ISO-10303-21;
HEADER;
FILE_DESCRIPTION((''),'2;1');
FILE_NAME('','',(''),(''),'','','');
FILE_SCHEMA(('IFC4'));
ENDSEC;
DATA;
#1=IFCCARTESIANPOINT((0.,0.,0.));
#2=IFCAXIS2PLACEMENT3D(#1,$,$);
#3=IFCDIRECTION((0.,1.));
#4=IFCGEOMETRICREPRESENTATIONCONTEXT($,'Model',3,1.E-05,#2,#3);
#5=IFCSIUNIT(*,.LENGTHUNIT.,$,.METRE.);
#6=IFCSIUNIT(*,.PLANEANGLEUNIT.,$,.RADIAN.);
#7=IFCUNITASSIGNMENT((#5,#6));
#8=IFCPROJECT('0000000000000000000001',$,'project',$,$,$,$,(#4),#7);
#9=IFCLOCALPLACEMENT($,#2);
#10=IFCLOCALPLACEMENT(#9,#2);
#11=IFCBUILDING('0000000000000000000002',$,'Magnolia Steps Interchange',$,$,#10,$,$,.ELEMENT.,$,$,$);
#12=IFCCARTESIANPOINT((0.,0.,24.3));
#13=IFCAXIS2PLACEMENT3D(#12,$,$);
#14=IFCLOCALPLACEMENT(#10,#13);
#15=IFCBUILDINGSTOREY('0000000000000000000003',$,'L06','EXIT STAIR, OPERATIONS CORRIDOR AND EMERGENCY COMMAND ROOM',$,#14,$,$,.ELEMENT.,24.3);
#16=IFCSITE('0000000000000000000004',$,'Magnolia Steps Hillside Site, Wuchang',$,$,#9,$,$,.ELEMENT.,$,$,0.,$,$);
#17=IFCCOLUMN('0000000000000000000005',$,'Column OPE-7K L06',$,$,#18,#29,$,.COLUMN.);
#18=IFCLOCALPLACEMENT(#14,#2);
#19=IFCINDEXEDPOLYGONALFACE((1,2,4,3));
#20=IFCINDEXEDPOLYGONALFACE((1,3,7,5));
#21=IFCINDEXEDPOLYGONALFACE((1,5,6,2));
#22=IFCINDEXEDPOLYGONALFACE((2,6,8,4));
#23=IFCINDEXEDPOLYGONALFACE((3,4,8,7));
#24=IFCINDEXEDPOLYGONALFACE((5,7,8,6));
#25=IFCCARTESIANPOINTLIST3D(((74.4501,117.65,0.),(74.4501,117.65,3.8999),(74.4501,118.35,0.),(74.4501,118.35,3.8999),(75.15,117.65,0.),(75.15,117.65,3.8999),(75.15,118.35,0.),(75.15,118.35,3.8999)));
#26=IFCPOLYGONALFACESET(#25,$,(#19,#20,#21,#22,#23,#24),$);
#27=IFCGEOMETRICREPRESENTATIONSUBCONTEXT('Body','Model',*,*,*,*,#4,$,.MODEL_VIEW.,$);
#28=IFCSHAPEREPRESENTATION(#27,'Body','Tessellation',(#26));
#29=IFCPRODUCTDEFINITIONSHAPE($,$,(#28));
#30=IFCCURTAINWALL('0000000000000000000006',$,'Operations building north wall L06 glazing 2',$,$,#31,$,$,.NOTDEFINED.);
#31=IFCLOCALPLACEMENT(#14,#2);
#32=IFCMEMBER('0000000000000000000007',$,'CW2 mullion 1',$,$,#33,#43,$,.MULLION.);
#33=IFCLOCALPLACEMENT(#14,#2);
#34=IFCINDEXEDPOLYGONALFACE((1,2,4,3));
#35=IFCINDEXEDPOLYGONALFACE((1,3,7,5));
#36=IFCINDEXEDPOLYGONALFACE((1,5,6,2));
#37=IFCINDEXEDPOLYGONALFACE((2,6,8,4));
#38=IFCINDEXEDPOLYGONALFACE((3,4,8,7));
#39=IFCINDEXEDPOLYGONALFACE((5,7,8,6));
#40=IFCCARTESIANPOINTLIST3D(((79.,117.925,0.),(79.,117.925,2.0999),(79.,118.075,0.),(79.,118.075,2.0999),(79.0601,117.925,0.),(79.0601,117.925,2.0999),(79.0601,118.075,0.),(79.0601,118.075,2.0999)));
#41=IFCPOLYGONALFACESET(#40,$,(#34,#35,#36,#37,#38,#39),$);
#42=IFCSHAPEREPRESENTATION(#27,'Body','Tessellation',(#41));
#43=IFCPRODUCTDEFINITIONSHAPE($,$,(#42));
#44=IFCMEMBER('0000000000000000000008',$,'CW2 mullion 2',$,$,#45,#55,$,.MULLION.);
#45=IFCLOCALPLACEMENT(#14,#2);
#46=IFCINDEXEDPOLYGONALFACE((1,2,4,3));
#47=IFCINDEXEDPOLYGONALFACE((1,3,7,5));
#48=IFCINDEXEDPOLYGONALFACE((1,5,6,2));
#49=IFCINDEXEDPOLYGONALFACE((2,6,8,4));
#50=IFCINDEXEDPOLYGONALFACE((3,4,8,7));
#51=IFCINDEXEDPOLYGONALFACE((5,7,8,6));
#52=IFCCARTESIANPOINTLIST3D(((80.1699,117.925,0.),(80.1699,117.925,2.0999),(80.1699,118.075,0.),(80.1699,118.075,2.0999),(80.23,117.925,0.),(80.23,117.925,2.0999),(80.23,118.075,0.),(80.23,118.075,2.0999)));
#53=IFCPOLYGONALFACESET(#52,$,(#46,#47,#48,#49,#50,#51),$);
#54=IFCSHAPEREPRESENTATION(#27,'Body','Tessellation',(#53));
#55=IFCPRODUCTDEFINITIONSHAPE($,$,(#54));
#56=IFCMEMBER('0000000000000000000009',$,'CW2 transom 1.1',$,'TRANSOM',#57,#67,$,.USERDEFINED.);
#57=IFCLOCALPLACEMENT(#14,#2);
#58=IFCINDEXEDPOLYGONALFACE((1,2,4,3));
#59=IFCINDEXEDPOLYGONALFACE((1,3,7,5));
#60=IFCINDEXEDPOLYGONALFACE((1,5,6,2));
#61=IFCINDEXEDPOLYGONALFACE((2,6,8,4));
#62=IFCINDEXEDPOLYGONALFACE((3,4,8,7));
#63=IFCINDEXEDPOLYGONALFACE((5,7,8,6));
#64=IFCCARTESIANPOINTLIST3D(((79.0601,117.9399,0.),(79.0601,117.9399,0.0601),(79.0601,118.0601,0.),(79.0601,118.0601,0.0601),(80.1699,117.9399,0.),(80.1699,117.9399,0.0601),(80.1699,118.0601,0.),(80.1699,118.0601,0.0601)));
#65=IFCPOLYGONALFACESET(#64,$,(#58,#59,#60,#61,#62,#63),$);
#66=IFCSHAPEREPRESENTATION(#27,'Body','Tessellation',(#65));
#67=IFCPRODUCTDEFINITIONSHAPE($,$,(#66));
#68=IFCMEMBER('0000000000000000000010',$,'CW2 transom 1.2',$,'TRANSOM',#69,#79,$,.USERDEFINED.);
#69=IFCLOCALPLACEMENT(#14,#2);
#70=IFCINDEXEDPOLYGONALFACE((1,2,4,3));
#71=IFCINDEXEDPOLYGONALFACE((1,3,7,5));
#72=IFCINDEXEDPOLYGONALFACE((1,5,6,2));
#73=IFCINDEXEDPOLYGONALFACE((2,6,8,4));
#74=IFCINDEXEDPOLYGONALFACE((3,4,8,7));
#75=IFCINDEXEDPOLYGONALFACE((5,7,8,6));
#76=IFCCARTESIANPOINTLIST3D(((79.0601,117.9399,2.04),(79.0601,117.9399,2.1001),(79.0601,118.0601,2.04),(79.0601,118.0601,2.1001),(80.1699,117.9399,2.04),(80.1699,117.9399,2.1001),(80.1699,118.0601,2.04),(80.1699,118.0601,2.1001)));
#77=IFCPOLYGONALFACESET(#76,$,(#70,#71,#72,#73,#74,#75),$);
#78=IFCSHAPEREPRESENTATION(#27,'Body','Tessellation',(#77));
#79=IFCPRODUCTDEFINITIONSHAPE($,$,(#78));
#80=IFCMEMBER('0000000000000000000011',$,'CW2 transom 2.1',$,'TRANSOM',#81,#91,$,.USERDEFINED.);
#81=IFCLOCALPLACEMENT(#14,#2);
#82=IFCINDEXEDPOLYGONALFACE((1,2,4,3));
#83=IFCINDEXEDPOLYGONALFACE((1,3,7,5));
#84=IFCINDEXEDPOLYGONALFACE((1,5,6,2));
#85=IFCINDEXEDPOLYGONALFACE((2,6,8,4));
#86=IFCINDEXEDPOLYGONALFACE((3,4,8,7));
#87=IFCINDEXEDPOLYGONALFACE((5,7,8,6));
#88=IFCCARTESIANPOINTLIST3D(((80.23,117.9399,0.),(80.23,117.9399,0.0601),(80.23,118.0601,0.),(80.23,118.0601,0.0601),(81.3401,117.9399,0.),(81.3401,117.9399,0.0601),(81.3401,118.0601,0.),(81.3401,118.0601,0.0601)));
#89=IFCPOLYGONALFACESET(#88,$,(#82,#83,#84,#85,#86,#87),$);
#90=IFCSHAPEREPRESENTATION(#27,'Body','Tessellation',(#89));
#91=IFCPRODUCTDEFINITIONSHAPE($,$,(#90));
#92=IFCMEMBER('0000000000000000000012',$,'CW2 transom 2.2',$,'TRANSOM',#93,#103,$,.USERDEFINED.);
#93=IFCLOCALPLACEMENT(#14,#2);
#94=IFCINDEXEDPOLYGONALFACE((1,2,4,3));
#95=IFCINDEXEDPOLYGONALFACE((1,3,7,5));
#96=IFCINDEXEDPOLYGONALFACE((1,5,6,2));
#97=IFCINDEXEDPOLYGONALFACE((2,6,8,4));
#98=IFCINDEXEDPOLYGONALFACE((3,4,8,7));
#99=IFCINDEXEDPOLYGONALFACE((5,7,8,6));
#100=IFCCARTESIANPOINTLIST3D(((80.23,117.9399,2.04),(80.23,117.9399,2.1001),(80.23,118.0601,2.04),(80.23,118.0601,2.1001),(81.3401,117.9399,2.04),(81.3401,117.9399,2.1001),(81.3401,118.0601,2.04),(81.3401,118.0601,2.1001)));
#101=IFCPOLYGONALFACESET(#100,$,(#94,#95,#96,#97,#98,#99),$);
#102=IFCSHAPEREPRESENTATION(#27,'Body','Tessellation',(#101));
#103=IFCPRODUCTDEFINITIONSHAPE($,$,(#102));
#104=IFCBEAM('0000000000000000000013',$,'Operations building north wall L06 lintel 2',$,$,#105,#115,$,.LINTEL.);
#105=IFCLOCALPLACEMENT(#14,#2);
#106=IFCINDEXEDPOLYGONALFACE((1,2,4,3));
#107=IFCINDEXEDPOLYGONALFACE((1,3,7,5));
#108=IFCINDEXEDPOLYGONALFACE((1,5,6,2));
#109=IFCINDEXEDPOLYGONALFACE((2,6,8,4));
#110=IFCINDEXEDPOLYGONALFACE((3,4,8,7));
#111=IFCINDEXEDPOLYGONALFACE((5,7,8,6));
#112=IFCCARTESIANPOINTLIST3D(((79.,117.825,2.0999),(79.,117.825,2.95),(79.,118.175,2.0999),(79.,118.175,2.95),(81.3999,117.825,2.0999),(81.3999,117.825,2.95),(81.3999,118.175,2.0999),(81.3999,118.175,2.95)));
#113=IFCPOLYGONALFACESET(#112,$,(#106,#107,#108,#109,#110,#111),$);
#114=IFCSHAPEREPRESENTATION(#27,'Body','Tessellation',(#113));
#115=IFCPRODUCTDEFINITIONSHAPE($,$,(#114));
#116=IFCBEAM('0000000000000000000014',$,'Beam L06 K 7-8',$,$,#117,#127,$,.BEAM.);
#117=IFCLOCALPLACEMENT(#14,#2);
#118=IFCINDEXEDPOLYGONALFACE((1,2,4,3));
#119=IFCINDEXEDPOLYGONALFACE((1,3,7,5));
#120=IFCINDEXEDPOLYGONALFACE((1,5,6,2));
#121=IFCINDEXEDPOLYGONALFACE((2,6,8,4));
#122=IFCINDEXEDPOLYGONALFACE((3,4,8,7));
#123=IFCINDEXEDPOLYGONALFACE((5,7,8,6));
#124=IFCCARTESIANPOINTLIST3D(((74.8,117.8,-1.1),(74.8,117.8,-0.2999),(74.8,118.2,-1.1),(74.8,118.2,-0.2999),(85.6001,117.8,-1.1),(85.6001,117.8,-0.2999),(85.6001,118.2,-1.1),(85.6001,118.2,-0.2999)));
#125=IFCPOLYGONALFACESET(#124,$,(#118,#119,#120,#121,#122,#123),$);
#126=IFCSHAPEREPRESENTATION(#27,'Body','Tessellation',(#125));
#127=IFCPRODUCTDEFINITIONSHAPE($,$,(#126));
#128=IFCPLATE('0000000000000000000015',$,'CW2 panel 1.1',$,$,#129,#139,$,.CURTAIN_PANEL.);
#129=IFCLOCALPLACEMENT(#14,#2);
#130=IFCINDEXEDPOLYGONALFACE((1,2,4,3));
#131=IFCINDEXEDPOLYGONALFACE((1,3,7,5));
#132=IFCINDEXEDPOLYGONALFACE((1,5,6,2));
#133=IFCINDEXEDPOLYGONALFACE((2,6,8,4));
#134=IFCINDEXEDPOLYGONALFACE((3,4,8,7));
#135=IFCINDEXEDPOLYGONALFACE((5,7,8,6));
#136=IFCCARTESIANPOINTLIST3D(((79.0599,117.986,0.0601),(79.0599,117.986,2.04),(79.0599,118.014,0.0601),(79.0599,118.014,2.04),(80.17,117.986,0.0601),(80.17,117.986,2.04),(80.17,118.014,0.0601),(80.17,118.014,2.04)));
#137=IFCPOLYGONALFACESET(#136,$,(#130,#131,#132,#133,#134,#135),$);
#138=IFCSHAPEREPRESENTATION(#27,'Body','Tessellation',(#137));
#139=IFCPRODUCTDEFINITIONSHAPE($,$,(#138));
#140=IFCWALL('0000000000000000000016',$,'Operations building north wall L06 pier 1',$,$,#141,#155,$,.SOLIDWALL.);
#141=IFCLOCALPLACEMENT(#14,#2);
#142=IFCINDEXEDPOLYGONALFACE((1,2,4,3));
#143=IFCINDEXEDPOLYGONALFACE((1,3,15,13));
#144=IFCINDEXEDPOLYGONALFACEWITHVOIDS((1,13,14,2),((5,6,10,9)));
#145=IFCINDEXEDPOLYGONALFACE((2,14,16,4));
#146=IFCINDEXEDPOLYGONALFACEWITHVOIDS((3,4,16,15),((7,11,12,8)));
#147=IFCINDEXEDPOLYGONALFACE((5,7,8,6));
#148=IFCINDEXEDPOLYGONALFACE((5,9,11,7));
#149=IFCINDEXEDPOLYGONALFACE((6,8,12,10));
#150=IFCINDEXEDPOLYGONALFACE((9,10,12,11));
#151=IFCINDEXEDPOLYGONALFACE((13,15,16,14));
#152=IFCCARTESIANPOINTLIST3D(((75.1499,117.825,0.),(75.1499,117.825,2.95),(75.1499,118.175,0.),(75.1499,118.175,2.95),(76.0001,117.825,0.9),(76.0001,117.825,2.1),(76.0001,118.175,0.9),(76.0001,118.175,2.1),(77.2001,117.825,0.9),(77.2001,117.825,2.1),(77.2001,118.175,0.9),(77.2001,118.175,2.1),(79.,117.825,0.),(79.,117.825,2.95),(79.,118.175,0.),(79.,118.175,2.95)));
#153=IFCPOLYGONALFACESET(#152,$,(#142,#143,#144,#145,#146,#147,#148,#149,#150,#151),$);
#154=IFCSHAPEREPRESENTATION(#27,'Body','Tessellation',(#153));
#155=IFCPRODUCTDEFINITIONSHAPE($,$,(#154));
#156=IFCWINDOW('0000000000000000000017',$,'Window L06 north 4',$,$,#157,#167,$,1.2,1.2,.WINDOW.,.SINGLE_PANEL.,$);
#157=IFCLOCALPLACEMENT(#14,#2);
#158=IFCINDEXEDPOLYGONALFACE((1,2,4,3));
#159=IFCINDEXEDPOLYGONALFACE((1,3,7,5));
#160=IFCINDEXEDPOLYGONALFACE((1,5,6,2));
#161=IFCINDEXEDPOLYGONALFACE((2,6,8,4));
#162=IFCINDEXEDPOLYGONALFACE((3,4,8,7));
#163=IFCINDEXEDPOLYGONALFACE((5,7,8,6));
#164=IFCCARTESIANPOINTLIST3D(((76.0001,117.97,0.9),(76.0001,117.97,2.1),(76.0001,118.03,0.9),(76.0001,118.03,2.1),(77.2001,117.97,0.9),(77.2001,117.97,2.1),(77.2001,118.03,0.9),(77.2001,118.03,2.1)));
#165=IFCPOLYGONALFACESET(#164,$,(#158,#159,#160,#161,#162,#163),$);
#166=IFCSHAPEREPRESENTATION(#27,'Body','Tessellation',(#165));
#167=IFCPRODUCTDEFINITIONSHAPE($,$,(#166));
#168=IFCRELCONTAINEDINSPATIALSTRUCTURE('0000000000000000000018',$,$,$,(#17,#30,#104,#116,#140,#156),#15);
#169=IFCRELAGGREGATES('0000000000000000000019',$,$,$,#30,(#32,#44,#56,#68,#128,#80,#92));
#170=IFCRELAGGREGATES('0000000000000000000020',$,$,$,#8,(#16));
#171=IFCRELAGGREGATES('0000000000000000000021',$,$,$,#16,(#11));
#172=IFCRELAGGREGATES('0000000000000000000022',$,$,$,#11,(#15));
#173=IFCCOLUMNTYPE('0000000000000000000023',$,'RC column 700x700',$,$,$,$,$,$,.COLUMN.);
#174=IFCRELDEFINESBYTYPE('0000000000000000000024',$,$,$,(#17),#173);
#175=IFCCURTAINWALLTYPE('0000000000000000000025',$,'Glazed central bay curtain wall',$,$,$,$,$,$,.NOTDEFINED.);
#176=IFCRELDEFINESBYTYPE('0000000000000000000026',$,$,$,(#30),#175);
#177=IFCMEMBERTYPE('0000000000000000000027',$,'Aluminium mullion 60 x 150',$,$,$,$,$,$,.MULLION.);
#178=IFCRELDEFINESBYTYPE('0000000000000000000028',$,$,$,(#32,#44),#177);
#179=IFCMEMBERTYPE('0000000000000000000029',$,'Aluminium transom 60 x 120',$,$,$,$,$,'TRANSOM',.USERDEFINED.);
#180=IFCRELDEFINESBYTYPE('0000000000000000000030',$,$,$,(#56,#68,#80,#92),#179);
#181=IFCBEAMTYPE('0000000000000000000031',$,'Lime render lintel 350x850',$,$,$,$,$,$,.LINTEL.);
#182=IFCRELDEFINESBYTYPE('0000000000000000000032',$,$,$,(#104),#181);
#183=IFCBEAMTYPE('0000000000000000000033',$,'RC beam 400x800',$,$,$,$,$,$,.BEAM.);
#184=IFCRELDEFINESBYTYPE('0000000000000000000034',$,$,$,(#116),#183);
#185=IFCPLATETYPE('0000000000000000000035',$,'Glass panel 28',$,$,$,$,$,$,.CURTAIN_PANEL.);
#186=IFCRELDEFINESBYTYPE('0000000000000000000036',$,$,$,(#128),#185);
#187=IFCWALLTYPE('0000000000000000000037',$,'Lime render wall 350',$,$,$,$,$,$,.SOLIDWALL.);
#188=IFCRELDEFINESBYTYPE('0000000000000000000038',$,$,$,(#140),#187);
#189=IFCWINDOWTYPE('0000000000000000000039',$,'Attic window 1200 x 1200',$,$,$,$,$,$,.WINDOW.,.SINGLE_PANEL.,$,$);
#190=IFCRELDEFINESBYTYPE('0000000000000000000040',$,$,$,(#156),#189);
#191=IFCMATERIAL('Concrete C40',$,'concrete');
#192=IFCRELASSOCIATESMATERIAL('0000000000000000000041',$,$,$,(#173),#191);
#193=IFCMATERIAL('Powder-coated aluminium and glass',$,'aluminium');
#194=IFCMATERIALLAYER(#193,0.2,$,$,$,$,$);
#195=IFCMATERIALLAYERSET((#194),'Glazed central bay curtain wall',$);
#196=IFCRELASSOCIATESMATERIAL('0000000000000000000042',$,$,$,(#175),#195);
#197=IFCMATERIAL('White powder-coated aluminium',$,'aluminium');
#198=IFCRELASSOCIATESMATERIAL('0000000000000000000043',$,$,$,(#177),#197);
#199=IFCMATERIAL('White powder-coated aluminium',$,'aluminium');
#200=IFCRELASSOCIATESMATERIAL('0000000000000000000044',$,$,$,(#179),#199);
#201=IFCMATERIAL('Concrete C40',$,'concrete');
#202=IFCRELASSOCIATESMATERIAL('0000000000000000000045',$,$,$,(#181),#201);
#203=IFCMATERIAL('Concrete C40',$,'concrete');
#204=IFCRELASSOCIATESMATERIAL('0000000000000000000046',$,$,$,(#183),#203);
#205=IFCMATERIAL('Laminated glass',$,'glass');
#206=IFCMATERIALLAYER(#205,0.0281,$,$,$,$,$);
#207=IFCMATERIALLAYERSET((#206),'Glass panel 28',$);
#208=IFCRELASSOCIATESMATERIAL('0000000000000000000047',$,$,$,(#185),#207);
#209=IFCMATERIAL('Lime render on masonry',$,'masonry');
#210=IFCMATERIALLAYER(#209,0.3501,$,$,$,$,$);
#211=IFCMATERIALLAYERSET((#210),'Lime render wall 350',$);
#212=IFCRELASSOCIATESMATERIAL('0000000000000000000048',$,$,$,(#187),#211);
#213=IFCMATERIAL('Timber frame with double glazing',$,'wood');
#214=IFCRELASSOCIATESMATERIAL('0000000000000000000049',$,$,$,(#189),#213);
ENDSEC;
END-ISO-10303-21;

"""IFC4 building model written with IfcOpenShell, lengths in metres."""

from ifc_helpers import new_model, si_unit, direction, frame, frame_2d, origin, origin_2d, place, context, subcontext, project, spatial, rectangle, extrude, material, layer, layer_set, material_profile, profile_set, type_object, element, fill, aggregate, save


model = new_model("IFC4")

# Units and contexts
model_context = context("Model", 3, precision=1e-05, world=origin(), true_north=direction((0.0, 1.0)))
body_context = subcontext(model_context, "Body", "Model", "MODEL_VIEW")
ifc_project = project(units=[si_unit("LENGTHUNIT", "METRE"), si_unit("PLANEANGLEUNIT", "RADIAN")], contexts=[model_context])

# Site, building, storey
site_placement = place(None, origin())
site = spatial("IfcSite", under=ifc_project, at=site_placement, Name="Magnolia Steps Hillside Site, Wuchang", CompositionType="ELEMENT", RefElevation=0.0)
building_placement = place(site_placement, origin())
building = spatial("IfcBuilding", under=site, at=building_placement, Name="Magnolia Steps Interchange", CompositionType="ELEMENT")
storey_placement = place(building_placement, frame((0.0, 0.0, 24.3)))
storey = spatial("IfcBuildingStorey", under=building, at=storey_placement, Name="L06", Description="EXIT STAIR, OPERATIONS CORRIDOR AND EMERGENCY COMMAND ROOM", CompositionType="ELEMENT", Elevation=24.3)

# Column
ifc_material_1 = material(Name="Concrete C40", Category="concrete")
ifc_material_profile_1 = material_profile(ifc_material_1, rectangle(XDim=0.7, YDim=0.7, at=origin_2d()), Name="RC700x700")
ifc_profile_set_1 = profile_set([ifc_material_profile_1], Name="Concrete C40")
column_type = type_object("IfcColumnType", Name="RC column 700x700", PredefinedType="COLUMN", material=ifc_profile_set_1)
column_placement = place(storey_placement, frame((74.8, 118.0, 0.0), z_axis=(0.0, 0.0, 1.0), x_axis=(1.0, 0.0, 0.0)))
element("IfcColumn", 1, at=column_placement, inside=storey, type_object=column_type, Name="Column OPE-7K L06", PredefinedType="COLUMN", context=body_context, shape_type="SweptSolid", body=[
    extrude(rectangle(XDim=0.7, YDim=0.7, at=origin_2d()), origin(), (0.0, 0.0, 1.0), 3.8999),
])

# Curtain wall, members
ifc_material_2 = material(Name="Powder-coated aluminium and glass", Category="aluminium")
ifc_layer_1 = layer(ifc_material_2, 0.2)
ifc_layer_set_1 = layer_set([ifc_layer_1], Name="Glazed central bay curtain wall")
curtain_wall_type = type_object("IfcCurtainWallType", Name="Glazed central bay curtain wall", PredefinedType="NOTDEFINED", material=ifc_layer_set_1)
curtain_wall_placement = place(storey_placement, origin())
curtain_wall = element("IfcCurtainWall", 2, at=curtain_wall_placement, inside=storey, type_object=curtain_wall_type, Name="Operations building north wall L06 glazing 2", PredefinedType="NOTDEFINED")
ifc_material_3 = material(Name="White powder-coated aluminium", Category="aluminium")
ifc_material_profile_2 = material_profile(ifc_material_3, rectangle(XDim=0.0601, YDim=0.1499, at=origin_2d()), Name="Aluminium mullion 60 x 150")
ifc_profile_set_2 = profile_set([ifc_material_profile_2], Name="White powder-coated aluminium")
member_type_1 = type_object("IfcMemberType", Name="Aluminium mullion 60 x 150", PredefinedType="MULLION", material=ifc_profile_set_2)
member_1_placement = place(storey_placement, frame((79.03, 118.0, 0.0), z_axis=(0.0, 0.0, 1.0), x_axis=(1.0, 0.0, 0.0)))
member_1 = element("IfcMember", 3, at=member_1_placement, type_object=member_type_1, Name="CW2 mullion 1", PredefinedType="MULLION", context=body_context, shape_type="SweptSolid", body=[
    extrude(rectangle(XDim=0.0601, YDim=0.1499, at=origin_2d()), origin(), (0.0, 0.0, 1.0), 2.0999),
])
member_2_placement = place(storey_placement, frame((80.2, 118.0, 0.0), z_axis=(0.0, 0.0, 1.0), x_axis=(1.0, 0.0, 0.0)))
member_2 = element("IfcMember", 4, at=member_2_placement, type_object=member_type_1, Name="CW2 mullion 2", PredefinedType="MULLION", context=body_context, shape_type="SweptSolid", body=[
    extrude(rectangle(XDim=0.0601, YDim=0.1499, at=origin_2d()), origin(), (0.0, 0.0, 1.0), 2.0999),
])
ifc_material_4 = material(Name="White powder-coated aluminium", Category="aluminium")
ifc_material_profile_3 = material_profile(ifc_material_4, rectangle(XDim=0.0601, YDim=0.1201, at=origin_2d()), Name="Aluminium transom 60 x 120")
ifc_profile_set_3 = profile_set([ifc_material_profile_3], Name="White powder-coated aluminium")
member_type_2 = type_object("IfcMemberType", Name="Aluminium transom 60 x 120", ElementType="TRANSOM", PredefinedType="USERDEFINED", material=ifc_profile_set_3)
member_3_placement = place(storey_placement, frame((79.0601, 118.0, 0.03), z_axis=(1.0, 0.0, 0.0), x_axis=(0.0, 0.0, 1.0)))
member_3 = element("IfcMember", 5, at=member_3_placement, type_object=member_type_2, Name="CW2 transom 1.1", ObjectType="TRANSOM", PredefinedType="USERDEFINED", context=body_context, shape_type="SweptSolid", body=[
    extrude(rectangle(XDim=0.0601, YDim=0.1201, at=origin_2d()), origin(), (0.0, 0.0, 1.0), 1.1099),
])
member_4_placement = place(storey_placement, frame((79.0601, 118.0, 2.0701), z_axis=(1.0, 0.0, 0.0), x_axis=(0.0, 0.0, 1.0)))
member_4 = element("IfcMember", 6, at=member_4_placement, type_object=member_type_2, Name="CW2 transom 1.2", ObjectType="TRANSOM", PredefinedType="USERDEFINED", context=body_context, shape_type="SweptSolid", body=[
    extrude(rectangle(XDim=0.0601, YDim=0.1201, at=origin_2d()), origin(), (0.0, 0.0, 1.0), 1.1099),
])
member_5_placement = place(storey_placement, frame((80.23, 118.0, 0.03), z_axis=(1.0, 0.0, 0.0), x_axis=(0.0, 0.0, 1.0)))
member_5 = element("IfcMember", 7, at=member_5_placement, type_object=member_type_2, Name="CW2 transom 2.1", ObjectType="TRANSOM", PredefinedType="USERDEFINED", context=body_context, shape_type="SweptSolid", body=[
    extrude(rectangle(XDim=0.0601, YDim=0.1201, at=origin_2d()), origin(), (0.0, 0.0, 1.0), 1.1101),
])
member_6_placement = place(storey_placement, frame((80.23, 118.0, 2.0701), z_axis=(1.0, 0.0, 0.0), x_axis=(0.0, 0.0, 1.0)))
member_6 = element("IfcMember", 8, at=member_6_placement, type_object=member_type_2, Name="CW2 transom 2.2", ObjectType="TRANSOM", PredefinedType="USERDEFINED", context=body_context, shape_type="SweptSolid", body=[
    extrude(rectangle(XDim=0.0601, YDim=0.1201, at=origin_2d()), origin(), (0.0, 0.0, 1.0), 1.1101),
])

# Beams
ifc_material_5 = material(Name="Concrete C40", Category="concrete")
ifc_material_profile_4 = material_profile(ifc_material_5, rectangle(XDim=0.3501, YDim=0.8501, at=origin_2d()), Name="RC350x850")
ifc_profile_set_4 = profile_set([ifc_material_profile_4], Name="Concrete C40")
beam_type_1 = type_object("IfcBeamType", Name="Lime render lintel 350x850", PredefinedType="LINTEL", material=ifc_profile_set_4)
beam_1_placement = place(storey_placement, frame((79.0, 118.0, 2.5249), z_axis=(1.0, 0.0, 0.0), x_axis=(0.0, 1.0, 0.0)))
element("IfcBeam", 9, at=beam_1_placement, inside=storey, type_object=beam_type_1, Name="Operations building north wall L06 lintel 2", PredefinedType="LINTEL", context=body_context, shape_type="SweptSolid", body=[
    extrude(rectangle(XDim=0.3501, YDim=0.8501, at=origin_2d()), origin(), (0.0, 0.0, 1.0), 2.3999),
])
ifc_material_6 = material(Name="Concrete C40", Category="concrete")
ifc_material_profile_5 = material_profile(ifc_material_6, rectangle(XDim=0.3999, YDim=0.8, at=origin_2d()), Name="RC400x800")
ifc_profile_set_5 = profile_set([ifc_material_profile_5], Name="Concrete C40")
beam_type_2 = type_object("IfcBeamType", Name="RC beam 400x800", PredefinedType="BEAM", material=ifc_profile_set_5)
beam_2_placement = place(storey_placement, frame((74.8, 118.0, -0.7), z_axis=(1.0, 0.0, 0.0), x_axis=(0.0, 1.0, 0.0)))
element("IfcBeam", 10, at=beam_2_placement, inside=storey, type_object=beam_type_2, Name="Beam L06 K 7-8", PredefinedType="BEAM", context=body_context, shape_type="SweptSolid", body=[
    extrude(rectangle(XDim=0.3999, YDim=0.8, at=origin_2d()), origin(), (0.0, 0.0, 1.0), 10.8),
])

# Plate
ifc_material_7 = material(Name="Laminated glass", Category="glass")
ifc_layer_2 = layer(ifc_material_7, 0.0281)
ifc_layer_set_2 = layer_set([ifc_layer_2], Name="Glass panel 28")
plate_type = type_object("IfcPlateType", Name="Glass panel 28", PredefinedType="CURTAIN_PANEL", material=ifc_layer_set_2)
plate_placement = place(storey_placement, frame((79.615, 118.0, 0.0601), z_axis=(0.0, 0.0, 1.0), x_axis=(1.0, 0.0, 0.0)))
plate = element("IfcPlate", 11, at=plate_placement, type_object=plate_type, Name="CW2 panel 1.1", PredefinedType="CURTAIN_PANEL", context=body_context, shape_type="SweptSolid", body=[
    extrude(rectangle(XDim=1.1101, YDim=0.0281, at=origin_2d()), origin(), (0.0, 0.0, 1.0), 1.98),
])
aggregate(curtain_wall, [member_1, member_2, member_3, member_4, plate, member_5, member_6])

# Wall, opening, window
ifc_material_8 = material(Name="Lime render on masonry", Category="masonry")
ifc_layer_3 = layer(ifc_material_8, 0.3501)
ifc_layer_set_3 = layer_set([ifc_layer_3], Name="Lime render wall 350")
wall_type = type_object("IfcWallType", Name="Lime render wall 350", PredefinedType="SOLIDWALL", material=ifc_layer_set_3)
wall_placement = place(storey_placement, frame((75.1499, 118.0, 0.0), z_axis=(0.0, 0.0, 1.0), x_axis=(1.0, 0.0, 0.0)))
wall = element("IfcWall", 12, at=wall_placement, inside=storey, type_object=wall_type, Name="Operations building north wall L06 pier 1", PredefinedType="SOLIDWALL", context=body_context, shape_type="SweptSolid", body=[
    extrude(rectangle(XDim=3.8501, YDim=0.3501, at=frame_2d((1.925, 0.0))), origin(), (0.0, 0.0, 1.0), 2.95),
])
opening_placement = place(wall_placement, frame((0.8501, 0.0, 0.8999)))
opening = element("IfcOpeningElement", 13, at=opening_placement, cuts=wall, PredefinedType="OPENING", context=body_context, shape_type="SweptSolid", body=[
    extrude(rectangle(XDim=1.2, YDim=1.2, at=frame_2d((0.6001, 0.6001))), frame((0.0, 0.1851, 0.0), z_axis=(0.0, -1.0, 0.0), x_axis=(1.0, 0.0, 0.0)), (0.0, 0.0, 1.0), 0.3701),
])
ifc_material_9 = material(Name="Timber frame with double glazing", Category="wood")
window_type = type_object("IfcWindowType", Name="Attic window 1200 x 1200", PartitioningType="SINGLE_PANEL", PredefinedType="WINDOW", material=ifc_material_9)
window_placement = place(opening_placement, origin())
window = element("IfcWindow", 14, at=window_placement, inside=storey, type_object=window_type, Name="Window L06 north 4", OverallHeight=1.2, OverallWidth=1.2, PartitioningType="SINGLE_PANEL", PredefinedType="WINDOW", context=body_context, shape_type="SweptSolid", body=[
    extrude(rectangle(XDim=1.2, YDim=1.2, at=frame_2d((0.6001, 0.6001))), frame((0.0, 0.03, 0.0), z_axis=(0.0, -1.0, 0.0), x_axis=(1.0, 0.0, 0.0)), (0.0, 0.0, 1.0), 0.0601),
])
fill(opening, window)

save(model, "model.ifc")
